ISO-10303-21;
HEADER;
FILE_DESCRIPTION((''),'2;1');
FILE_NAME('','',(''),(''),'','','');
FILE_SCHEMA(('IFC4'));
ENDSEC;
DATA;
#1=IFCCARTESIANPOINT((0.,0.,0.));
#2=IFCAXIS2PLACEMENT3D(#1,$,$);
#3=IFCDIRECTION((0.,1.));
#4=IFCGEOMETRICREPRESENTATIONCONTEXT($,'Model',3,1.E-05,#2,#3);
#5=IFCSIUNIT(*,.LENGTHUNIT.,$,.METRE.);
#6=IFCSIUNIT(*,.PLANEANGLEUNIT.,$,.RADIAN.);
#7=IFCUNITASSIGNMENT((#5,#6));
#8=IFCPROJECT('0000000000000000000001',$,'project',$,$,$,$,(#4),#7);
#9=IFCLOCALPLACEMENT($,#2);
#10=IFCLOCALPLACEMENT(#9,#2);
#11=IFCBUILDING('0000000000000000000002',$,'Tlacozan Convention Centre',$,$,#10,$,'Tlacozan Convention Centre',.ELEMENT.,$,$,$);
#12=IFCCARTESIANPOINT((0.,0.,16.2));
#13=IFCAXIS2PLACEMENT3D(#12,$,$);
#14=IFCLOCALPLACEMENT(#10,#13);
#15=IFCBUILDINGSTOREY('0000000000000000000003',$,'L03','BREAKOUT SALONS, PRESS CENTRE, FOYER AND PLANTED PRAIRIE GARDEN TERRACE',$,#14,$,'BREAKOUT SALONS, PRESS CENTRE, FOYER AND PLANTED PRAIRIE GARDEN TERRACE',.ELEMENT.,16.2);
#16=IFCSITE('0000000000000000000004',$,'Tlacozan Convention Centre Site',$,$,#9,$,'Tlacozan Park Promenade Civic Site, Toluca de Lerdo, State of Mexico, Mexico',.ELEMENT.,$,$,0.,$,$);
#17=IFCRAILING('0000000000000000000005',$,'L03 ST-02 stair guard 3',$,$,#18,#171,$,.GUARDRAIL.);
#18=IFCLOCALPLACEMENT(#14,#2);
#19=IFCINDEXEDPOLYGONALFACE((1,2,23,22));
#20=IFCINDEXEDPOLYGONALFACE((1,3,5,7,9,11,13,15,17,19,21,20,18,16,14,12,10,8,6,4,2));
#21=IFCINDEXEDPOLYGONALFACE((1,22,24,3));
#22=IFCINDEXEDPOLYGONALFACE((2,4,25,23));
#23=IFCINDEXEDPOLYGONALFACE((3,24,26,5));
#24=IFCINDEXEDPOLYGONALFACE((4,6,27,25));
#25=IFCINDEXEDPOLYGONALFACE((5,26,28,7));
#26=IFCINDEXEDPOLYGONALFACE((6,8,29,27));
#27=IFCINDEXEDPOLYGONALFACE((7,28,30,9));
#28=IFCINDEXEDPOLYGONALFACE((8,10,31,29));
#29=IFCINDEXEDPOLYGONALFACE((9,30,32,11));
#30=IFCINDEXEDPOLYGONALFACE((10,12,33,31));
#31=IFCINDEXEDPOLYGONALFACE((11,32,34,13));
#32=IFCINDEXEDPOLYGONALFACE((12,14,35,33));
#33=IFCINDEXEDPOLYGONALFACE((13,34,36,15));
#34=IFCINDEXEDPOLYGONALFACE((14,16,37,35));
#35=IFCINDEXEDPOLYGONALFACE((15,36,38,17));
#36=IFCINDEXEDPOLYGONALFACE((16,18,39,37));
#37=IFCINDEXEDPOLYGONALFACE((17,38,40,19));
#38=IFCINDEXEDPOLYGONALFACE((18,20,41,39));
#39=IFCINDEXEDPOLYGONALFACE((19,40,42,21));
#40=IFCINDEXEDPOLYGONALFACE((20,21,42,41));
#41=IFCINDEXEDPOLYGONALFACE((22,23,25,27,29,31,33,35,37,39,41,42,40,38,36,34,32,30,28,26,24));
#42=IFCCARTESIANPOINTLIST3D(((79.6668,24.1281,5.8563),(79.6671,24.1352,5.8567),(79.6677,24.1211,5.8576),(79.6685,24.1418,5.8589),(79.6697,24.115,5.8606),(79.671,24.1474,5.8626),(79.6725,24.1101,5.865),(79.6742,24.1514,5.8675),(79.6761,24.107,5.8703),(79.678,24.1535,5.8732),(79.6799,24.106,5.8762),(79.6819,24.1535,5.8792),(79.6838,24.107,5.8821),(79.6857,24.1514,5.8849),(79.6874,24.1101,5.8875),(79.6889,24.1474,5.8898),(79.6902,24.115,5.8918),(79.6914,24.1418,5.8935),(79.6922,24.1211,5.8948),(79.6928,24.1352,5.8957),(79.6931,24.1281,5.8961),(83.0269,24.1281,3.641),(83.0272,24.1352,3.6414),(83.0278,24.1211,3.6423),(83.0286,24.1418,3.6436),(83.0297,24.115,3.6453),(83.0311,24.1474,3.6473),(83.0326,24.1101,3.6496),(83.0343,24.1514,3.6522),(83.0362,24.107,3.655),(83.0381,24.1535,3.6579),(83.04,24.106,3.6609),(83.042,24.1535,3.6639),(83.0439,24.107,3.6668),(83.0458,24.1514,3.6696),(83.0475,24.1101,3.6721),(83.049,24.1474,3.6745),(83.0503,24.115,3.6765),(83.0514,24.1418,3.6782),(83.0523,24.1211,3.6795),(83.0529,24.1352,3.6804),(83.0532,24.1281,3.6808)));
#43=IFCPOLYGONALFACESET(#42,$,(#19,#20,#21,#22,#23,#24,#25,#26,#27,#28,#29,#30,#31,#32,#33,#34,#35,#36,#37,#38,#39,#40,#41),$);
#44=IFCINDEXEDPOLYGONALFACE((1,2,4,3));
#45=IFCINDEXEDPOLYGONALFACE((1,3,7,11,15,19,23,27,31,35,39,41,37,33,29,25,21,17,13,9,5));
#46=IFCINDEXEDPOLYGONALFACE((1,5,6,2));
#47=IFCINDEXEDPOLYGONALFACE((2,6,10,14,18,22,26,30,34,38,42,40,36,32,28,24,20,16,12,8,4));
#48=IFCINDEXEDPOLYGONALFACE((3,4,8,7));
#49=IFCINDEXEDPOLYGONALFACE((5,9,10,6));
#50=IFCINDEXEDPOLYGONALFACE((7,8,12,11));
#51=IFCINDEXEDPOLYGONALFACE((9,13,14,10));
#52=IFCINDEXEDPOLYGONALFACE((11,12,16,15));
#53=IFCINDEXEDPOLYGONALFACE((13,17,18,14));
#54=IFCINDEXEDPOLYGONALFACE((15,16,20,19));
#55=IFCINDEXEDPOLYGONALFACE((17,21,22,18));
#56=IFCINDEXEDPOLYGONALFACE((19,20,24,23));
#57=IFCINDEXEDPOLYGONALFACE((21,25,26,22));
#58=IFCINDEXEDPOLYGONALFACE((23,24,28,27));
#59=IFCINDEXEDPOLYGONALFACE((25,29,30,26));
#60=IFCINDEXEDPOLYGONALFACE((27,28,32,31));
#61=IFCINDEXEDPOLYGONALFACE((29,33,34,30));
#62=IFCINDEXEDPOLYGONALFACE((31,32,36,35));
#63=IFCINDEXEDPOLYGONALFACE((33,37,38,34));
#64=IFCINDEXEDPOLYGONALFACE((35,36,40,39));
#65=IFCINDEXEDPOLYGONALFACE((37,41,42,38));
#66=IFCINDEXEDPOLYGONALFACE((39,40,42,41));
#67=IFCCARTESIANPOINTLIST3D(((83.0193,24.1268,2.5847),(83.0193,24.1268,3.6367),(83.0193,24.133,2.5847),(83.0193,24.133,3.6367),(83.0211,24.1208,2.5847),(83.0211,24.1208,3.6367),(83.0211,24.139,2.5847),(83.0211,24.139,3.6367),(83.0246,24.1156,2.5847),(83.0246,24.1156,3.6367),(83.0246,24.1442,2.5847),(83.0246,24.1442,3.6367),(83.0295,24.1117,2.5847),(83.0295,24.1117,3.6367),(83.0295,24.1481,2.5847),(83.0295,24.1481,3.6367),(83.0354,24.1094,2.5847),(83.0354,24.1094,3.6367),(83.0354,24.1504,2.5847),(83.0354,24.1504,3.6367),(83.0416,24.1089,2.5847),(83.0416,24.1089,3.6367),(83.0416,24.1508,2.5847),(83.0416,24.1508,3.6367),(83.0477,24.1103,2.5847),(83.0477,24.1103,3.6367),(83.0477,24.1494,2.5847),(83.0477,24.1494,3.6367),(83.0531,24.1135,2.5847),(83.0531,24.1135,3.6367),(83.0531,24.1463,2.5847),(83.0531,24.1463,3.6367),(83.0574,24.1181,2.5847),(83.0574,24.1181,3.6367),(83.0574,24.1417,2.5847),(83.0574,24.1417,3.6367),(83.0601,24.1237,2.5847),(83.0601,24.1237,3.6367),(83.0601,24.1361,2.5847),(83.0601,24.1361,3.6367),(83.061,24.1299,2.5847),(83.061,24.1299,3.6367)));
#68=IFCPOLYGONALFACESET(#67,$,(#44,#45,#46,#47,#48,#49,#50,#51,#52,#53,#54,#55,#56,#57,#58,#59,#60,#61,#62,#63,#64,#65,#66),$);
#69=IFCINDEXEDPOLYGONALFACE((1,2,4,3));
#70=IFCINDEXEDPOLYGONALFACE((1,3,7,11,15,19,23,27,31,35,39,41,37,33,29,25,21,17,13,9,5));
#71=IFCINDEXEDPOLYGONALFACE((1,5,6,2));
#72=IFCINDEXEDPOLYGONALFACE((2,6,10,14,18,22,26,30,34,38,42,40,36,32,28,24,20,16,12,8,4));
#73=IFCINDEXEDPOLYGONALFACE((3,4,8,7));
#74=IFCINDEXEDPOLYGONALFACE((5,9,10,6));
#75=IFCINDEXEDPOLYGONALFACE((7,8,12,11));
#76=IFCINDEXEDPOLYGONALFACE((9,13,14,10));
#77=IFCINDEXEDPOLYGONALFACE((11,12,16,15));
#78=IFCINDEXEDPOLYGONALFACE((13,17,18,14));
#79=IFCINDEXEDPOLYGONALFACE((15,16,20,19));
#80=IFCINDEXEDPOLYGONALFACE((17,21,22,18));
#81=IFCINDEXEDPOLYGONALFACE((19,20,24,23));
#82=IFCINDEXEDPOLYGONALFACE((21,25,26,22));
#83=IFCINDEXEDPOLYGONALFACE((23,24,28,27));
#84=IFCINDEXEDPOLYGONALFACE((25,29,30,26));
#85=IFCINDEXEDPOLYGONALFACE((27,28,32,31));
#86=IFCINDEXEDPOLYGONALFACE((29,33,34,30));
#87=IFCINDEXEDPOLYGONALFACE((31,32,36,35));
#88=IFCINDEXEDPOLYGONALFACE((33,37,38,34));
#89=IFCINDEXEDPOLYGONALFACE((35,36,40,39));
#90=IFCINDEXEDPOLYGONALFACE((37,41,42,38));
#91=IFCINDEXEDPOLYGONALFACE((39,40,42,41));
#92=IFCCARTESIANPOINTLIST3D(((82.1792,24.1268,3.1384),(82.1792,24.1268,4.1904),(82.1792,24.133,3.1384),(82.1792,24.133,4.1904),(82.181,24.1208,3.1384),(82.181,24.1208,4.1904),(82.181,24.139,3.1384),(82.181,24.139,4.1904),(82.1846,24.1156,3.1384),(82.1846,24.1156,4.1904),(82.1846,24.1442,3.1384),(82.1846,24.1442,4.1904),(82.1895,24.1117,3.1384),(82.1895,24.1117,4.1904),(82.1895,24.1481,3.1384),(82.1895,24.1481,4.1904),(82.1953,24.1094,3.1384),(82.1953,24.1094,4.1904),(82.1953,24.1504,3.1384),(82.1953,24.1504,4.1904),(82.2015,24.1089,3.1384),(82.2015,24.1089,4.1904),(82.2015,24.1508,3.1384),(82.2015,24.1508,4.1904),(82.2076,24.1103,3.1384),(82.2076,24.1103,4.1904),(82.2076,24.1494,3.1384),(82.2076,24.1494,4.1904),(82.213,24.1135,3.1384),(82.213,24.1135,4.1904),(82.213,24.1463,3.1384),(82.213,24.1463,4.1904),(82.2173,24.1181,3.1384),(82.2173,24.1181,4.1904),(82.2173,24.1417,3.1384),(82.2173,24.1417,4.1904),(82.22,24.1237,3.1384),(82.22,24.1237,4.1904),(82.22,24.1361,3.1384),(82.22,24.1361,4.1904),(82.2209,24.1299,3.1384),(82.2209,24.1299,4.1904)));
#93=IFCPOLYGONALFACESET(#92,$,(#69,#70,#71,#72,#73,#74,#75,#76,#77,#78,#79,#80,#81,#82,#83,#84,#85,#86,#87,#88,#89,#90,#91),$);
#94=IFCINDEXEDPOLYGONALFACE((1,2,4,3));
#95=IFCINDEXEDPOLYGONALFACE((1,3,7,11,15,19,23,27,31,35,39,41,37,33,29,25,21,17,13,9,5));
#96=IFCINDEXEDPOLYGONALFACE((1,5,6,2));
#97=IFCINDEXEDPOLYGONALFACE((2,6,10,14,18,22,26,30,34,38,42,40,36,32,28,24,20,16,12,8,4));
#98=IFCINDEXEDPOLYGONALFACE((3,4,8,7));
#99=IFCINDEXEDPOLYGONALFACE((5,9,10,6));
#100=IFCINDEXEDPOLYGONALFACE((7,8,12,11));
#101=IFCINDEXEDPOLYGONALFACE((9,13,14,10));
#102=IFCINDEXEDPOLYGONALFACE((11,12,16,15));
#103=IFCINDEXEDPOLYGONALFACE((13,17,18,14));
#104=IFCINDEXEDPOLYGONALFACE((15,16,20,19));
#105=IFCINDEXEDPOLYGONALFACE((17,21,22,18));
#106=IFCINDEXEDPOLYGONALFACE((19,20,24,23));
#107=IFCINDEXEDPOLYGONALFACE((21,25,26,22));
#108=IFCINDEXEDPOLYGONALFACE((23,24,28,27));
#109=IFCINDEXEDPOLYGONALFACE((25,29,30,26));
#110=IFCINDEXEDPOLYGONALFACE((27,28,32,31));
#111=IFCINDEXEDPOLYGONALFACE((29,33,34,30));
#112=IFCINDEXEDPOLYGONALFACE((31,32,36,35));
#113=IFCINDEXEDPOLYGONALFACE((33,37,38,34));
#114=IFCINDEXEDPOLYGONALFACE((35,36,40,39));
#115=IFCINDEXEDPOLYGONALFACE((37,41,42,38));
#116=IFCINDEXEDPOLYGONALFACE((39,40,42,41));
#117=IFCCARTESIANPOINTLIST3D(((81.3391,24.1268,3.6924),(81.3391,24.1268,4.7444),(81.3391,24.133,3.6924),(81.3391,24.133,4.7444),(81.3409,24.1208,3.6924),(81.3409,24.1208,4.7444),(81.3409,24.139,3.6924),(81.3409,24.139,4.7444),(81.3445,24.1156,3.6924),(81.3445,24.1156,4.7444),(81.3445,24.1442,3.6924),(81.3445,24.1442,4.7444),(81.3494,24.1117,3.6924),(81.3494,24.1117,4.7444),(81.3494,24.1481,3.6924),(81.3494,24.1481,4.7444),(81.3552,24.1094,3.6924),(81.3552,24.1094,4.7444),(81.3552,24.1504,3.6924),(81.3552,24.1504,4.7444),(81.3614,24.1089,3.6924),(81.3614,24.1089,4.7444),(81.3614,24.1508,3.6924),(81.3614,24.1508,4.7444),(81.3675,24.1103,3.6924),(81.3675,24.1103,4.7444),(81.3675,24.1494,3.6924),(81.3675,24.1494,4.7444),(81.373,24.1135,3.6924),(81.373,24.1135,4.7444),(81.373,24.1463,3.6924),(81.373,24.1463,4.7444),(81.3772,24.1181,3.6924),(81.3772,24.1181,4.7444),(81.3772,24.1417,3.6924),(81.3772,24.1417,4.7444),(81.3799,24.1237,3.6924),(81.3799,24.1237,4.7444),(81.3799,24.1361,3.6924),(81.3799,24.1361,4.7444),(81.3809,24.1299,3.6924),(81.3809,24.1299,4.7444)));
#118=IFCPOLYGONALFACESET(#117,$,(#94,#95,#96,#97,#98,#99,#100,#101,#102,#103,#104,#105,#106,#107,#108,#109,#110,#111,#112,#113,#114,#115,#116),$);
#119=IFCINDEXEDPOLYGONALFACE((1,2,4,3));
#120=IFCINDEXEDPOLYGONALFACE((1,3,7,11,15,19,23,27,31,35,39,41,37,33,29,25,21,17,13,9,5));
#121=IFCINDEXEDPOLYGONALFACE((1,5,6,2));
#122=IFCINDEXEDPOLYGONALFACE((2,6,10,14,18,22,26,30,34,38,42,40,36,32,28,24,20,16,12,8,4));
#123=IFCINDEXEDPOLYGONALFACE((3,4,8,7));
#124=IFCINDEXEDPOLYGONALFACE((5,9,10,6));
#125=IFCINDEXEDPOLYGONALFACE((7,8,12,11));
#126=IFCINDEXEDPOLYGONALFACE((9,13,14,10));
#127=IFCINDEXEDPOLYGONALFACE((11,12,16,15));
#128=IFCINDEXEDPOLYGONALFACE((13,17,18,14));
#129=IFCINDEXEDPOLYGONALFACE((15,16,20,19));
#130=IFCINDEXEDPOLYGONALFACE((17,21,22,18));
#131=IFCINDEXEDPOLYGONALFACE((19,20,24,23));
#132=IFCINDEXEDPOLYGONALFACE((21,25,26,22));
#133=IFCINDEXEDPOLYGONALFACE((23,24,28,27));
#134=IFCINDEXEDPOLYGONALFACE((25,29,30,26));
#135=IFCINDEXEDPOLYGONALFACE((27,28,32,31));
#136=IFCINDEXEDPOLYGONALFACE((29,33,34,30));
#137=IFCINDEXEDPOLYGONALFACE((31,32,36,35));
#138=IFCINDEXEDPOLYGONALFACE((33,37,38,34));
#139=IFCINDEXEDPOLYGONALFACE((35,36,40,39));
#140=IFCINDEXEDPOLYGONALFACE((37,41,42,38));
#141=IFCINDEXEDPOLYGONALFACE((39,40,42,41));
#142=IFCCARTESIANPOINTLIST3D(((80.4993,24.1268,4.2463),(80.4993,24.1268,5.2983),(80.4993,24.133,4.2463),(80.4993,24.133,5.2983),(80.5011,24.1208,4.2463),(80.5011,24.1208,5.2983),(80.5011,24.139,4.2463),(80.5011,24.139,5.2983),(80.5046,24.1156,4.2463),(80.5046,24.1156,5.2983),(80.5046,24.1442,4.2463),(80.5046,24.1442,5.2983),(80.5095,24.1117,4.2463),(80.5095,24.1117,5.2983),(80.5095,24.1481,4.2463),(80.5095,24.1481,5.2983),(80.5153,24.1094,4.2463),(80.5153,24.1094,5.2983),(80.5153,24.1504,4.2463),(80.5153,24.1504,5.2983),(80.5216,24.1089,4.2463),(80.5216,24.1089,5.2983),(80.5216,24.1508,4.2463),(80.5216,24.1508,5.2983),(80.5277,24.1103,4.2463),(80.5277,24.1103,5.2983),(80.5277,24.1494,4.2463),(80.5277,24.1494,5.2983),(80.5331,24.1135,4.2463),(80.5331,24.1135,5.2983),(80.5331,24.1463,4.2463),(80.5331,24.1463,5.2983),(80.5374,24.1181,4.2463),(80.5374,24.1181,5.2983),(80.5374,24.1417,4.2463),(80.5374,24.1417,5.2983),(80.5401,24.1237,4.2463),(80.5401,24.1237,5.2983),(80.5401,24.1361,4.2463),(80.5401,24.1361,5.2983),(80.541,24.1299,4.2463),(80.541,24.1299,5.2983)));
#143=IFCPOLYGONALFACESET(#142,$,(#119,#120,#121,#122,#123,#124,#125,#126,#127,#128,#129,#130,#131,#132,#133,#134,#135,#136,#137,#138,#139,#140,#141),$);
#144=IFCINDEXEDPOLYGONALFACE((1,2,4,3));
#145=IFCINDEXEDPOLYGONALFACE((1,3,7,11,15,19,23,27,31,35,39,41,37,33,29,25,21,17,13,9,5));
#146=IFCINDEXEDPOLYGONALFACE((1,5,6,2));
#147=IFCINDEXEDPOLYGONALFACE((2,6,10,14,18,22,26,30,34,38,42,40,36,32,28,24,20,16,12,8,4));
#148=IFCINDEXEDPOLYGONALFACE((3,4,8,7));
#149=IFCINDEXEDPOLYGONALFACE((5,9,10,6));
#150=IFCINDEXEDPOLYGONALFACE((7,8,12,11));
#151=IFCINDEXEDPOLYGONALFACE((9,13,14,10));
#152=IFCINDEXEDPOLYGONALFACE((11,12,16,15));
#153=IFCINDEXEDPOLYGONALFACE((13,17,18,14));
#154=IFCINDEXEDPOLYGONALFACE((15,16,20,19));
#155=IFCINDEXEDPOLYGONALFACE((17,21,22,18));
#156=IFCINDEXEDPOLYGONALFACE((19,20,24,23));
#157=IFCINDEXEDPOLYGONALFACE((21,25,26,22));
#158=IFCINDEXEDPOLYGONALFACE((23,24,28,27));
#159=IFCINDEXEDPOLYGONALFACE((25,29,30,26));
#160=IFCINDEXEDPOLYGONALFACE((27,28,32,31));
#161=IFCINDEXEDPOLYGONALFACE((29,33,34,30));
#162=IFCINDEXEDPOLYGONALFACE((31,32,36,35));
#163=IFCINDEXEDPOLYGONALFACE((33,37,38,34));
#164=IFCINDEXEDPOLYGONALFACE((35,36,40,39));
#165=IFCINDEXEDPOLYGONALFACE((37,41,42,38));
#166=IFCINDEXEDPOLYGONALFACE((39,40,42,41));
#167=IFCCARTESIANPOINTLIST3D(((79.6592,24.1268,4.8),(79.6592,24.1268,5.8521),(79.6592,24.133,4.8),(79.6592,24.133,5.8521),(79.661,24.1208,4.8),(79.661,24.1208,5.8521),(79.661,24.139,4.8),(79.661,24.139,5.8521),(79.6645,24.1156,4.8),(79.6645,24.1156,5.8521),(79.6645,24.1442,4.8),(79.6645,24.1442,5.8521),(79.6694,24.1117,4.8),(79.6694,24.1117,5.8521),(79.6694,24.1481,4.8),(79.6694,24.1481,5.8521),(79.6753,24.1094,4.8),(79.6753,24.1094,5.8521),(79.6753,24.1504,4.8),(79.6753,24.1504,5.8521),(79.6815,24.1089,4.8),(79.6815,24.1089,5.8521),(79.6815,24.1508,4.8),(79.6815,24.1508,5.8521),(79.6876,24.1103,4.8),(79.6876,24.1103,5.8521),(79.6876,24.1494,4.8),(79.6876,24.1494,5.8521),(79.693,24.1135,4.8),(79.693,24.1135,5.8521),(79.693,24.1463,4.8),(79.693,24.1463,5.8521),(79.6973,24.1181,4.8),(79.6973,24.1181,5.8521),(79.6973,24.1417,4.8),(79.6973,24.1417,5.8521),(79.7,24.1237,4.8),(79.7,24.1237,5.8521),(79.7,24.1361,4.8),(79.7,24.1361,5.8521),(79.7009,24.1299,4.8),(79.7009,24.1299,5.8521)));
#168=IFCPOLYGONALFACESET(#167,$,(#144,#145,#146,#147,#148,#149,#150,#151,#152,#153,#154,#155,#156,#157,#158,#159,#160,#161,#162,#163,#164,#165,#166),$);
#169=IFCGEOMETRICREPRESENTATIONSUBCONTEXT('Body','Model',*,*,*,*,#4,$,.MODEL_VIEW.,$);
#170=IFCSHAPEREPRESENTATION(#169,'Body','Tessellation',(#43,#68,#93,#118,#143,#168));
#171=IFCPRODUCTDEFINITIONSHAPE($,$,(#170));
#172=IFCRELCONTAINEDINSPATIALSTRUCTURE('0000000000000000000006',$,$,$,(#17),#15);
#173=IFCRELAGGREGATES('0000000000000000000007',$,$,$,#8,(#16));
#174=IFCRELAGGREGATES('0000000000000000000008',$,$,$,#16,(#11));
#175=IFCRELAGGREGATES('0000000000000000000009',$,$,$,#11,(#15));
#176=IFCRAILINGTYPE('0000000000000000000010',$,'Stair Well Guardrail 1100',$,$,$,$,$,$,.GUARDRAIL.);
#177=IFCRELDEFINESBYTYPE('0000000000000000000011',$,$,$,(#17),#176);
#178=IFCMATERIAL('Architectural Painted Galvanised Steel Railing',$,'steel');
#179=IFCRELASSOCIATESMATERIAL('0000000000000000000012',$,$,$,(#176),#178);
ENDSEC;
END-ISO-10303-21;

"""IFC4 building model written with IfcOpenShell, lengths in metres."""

from ifc_helpers import new_model, si_unit, direction, frame, origin, origin_2d, place, context, subcontext, project, spatial, circle, extrude, material, type_object, element, save


model = new_model("IFC4")

# Units and contexts
model_context = context("Model", 3, precision=1e-05, world=origin(), true_north=direction((0.0, 1.0)))
body_context = subcontext(model_context, "Body", "Model", "MODEL_VIEW")
ifc_project = project(units=[si_unit("LENGTHUNIT", "METRE"), si_unit("PLANEANGLEUNIT", "RADIAN")], contexts=[model_context])

# Site, building, storey
site_placement = place(None, origin())
site = spatial("IfcSite", under=ifc_project, at=site_placement, Name="Tlacozan Convention Centre Site", LongName="Tlacozan Park Promenade Civic Site, Toluca de Lerdo, State of Mexico, Mexico", CompositionType="ELEMENT", RefElevation=0.0)
building_placement = place(site_placement, origin())
building = spatial("IfcBuilding", under=site, at=building_placement, Name="Tlacozan Convention Centre", LongName="Tlacozan Convention Centre", CompositionType="ELEMENT")
storey_placement = place(building_placement, frame((0.0, 0.0, 16.2)))
storey = spatial("IfcBuildingStorey", under=building, at=storey_placement, Name="L03", Description="BREAKOUT SALONS, PRESS CENTRE, FOYER AND PLANTED PRAIRIE GARDEN TERRACE", LongName="BREAKOUT SALONS, PRESS CENTRE, FOYER AND PLANTED PRAIRIE GARDEN TERRACE", CompositionType="ELEMENT", Elevation=16.2)

# Railing
ifc_material_1 = material(Name="Architectural Painted Galvanised Steel Railing", Category="steel")
railing_type_1 = type_object("IfcRailingType", Name="Stair Well Guardrail 1100", PredefinedType="GUARDRAIL", material=ifc_material_1)
railing_1_placement = place(storey_placement, frame((83.04, 24.1299, 2.5847)))
element("IfcRailing", 1, at=railing_1_placement, inside=storey, type_object=railing_type_1, Name="L03 ST-02 stair guard 3", PredefinedType="GUARDRAIL", context=body_context, shape_type="SweptSolid", body=[
    extrude(circle(Radius=0.0239, at=origin_2d()), frame((0.0, 0.0, 1.0762), z_axis=(-0.834876, 0.0, 0.550437), x_axis=(0.0, -1.0, 0.0)), (0.0, 0.0, 1.0), 4.0247),
    extrude(circle(Radius=0.021, at=origin_2d()), origin(), (0.0, 0.0, 1.0), 1.052),
    extrude(circle(Radius=0.021, at=origin_2d()), frame((-0.8401, 0.0, 0.5537)), (0.0, 0.0, 1.0), 1.052),
    extrude(circle(Radius=0.021, at=origin_2d()), frame((-1.6802, 0.0, 1.1077)), (0.0, 0.0, 1.0), 1.052),
    extrude(circle(Radius=0.021, at=origin_2d()), frame((-2.52, 0.0, 1.6616)), (0.0, 0.0, 1.0), 1.052),
    extrude(circle(Radius=0.021, at=origin_2d()), frame((-3.3601, 0.0, 2.2153)), (0.0, 0.0, 1.0), 1.052),
])

save(model, "model.ifc")
